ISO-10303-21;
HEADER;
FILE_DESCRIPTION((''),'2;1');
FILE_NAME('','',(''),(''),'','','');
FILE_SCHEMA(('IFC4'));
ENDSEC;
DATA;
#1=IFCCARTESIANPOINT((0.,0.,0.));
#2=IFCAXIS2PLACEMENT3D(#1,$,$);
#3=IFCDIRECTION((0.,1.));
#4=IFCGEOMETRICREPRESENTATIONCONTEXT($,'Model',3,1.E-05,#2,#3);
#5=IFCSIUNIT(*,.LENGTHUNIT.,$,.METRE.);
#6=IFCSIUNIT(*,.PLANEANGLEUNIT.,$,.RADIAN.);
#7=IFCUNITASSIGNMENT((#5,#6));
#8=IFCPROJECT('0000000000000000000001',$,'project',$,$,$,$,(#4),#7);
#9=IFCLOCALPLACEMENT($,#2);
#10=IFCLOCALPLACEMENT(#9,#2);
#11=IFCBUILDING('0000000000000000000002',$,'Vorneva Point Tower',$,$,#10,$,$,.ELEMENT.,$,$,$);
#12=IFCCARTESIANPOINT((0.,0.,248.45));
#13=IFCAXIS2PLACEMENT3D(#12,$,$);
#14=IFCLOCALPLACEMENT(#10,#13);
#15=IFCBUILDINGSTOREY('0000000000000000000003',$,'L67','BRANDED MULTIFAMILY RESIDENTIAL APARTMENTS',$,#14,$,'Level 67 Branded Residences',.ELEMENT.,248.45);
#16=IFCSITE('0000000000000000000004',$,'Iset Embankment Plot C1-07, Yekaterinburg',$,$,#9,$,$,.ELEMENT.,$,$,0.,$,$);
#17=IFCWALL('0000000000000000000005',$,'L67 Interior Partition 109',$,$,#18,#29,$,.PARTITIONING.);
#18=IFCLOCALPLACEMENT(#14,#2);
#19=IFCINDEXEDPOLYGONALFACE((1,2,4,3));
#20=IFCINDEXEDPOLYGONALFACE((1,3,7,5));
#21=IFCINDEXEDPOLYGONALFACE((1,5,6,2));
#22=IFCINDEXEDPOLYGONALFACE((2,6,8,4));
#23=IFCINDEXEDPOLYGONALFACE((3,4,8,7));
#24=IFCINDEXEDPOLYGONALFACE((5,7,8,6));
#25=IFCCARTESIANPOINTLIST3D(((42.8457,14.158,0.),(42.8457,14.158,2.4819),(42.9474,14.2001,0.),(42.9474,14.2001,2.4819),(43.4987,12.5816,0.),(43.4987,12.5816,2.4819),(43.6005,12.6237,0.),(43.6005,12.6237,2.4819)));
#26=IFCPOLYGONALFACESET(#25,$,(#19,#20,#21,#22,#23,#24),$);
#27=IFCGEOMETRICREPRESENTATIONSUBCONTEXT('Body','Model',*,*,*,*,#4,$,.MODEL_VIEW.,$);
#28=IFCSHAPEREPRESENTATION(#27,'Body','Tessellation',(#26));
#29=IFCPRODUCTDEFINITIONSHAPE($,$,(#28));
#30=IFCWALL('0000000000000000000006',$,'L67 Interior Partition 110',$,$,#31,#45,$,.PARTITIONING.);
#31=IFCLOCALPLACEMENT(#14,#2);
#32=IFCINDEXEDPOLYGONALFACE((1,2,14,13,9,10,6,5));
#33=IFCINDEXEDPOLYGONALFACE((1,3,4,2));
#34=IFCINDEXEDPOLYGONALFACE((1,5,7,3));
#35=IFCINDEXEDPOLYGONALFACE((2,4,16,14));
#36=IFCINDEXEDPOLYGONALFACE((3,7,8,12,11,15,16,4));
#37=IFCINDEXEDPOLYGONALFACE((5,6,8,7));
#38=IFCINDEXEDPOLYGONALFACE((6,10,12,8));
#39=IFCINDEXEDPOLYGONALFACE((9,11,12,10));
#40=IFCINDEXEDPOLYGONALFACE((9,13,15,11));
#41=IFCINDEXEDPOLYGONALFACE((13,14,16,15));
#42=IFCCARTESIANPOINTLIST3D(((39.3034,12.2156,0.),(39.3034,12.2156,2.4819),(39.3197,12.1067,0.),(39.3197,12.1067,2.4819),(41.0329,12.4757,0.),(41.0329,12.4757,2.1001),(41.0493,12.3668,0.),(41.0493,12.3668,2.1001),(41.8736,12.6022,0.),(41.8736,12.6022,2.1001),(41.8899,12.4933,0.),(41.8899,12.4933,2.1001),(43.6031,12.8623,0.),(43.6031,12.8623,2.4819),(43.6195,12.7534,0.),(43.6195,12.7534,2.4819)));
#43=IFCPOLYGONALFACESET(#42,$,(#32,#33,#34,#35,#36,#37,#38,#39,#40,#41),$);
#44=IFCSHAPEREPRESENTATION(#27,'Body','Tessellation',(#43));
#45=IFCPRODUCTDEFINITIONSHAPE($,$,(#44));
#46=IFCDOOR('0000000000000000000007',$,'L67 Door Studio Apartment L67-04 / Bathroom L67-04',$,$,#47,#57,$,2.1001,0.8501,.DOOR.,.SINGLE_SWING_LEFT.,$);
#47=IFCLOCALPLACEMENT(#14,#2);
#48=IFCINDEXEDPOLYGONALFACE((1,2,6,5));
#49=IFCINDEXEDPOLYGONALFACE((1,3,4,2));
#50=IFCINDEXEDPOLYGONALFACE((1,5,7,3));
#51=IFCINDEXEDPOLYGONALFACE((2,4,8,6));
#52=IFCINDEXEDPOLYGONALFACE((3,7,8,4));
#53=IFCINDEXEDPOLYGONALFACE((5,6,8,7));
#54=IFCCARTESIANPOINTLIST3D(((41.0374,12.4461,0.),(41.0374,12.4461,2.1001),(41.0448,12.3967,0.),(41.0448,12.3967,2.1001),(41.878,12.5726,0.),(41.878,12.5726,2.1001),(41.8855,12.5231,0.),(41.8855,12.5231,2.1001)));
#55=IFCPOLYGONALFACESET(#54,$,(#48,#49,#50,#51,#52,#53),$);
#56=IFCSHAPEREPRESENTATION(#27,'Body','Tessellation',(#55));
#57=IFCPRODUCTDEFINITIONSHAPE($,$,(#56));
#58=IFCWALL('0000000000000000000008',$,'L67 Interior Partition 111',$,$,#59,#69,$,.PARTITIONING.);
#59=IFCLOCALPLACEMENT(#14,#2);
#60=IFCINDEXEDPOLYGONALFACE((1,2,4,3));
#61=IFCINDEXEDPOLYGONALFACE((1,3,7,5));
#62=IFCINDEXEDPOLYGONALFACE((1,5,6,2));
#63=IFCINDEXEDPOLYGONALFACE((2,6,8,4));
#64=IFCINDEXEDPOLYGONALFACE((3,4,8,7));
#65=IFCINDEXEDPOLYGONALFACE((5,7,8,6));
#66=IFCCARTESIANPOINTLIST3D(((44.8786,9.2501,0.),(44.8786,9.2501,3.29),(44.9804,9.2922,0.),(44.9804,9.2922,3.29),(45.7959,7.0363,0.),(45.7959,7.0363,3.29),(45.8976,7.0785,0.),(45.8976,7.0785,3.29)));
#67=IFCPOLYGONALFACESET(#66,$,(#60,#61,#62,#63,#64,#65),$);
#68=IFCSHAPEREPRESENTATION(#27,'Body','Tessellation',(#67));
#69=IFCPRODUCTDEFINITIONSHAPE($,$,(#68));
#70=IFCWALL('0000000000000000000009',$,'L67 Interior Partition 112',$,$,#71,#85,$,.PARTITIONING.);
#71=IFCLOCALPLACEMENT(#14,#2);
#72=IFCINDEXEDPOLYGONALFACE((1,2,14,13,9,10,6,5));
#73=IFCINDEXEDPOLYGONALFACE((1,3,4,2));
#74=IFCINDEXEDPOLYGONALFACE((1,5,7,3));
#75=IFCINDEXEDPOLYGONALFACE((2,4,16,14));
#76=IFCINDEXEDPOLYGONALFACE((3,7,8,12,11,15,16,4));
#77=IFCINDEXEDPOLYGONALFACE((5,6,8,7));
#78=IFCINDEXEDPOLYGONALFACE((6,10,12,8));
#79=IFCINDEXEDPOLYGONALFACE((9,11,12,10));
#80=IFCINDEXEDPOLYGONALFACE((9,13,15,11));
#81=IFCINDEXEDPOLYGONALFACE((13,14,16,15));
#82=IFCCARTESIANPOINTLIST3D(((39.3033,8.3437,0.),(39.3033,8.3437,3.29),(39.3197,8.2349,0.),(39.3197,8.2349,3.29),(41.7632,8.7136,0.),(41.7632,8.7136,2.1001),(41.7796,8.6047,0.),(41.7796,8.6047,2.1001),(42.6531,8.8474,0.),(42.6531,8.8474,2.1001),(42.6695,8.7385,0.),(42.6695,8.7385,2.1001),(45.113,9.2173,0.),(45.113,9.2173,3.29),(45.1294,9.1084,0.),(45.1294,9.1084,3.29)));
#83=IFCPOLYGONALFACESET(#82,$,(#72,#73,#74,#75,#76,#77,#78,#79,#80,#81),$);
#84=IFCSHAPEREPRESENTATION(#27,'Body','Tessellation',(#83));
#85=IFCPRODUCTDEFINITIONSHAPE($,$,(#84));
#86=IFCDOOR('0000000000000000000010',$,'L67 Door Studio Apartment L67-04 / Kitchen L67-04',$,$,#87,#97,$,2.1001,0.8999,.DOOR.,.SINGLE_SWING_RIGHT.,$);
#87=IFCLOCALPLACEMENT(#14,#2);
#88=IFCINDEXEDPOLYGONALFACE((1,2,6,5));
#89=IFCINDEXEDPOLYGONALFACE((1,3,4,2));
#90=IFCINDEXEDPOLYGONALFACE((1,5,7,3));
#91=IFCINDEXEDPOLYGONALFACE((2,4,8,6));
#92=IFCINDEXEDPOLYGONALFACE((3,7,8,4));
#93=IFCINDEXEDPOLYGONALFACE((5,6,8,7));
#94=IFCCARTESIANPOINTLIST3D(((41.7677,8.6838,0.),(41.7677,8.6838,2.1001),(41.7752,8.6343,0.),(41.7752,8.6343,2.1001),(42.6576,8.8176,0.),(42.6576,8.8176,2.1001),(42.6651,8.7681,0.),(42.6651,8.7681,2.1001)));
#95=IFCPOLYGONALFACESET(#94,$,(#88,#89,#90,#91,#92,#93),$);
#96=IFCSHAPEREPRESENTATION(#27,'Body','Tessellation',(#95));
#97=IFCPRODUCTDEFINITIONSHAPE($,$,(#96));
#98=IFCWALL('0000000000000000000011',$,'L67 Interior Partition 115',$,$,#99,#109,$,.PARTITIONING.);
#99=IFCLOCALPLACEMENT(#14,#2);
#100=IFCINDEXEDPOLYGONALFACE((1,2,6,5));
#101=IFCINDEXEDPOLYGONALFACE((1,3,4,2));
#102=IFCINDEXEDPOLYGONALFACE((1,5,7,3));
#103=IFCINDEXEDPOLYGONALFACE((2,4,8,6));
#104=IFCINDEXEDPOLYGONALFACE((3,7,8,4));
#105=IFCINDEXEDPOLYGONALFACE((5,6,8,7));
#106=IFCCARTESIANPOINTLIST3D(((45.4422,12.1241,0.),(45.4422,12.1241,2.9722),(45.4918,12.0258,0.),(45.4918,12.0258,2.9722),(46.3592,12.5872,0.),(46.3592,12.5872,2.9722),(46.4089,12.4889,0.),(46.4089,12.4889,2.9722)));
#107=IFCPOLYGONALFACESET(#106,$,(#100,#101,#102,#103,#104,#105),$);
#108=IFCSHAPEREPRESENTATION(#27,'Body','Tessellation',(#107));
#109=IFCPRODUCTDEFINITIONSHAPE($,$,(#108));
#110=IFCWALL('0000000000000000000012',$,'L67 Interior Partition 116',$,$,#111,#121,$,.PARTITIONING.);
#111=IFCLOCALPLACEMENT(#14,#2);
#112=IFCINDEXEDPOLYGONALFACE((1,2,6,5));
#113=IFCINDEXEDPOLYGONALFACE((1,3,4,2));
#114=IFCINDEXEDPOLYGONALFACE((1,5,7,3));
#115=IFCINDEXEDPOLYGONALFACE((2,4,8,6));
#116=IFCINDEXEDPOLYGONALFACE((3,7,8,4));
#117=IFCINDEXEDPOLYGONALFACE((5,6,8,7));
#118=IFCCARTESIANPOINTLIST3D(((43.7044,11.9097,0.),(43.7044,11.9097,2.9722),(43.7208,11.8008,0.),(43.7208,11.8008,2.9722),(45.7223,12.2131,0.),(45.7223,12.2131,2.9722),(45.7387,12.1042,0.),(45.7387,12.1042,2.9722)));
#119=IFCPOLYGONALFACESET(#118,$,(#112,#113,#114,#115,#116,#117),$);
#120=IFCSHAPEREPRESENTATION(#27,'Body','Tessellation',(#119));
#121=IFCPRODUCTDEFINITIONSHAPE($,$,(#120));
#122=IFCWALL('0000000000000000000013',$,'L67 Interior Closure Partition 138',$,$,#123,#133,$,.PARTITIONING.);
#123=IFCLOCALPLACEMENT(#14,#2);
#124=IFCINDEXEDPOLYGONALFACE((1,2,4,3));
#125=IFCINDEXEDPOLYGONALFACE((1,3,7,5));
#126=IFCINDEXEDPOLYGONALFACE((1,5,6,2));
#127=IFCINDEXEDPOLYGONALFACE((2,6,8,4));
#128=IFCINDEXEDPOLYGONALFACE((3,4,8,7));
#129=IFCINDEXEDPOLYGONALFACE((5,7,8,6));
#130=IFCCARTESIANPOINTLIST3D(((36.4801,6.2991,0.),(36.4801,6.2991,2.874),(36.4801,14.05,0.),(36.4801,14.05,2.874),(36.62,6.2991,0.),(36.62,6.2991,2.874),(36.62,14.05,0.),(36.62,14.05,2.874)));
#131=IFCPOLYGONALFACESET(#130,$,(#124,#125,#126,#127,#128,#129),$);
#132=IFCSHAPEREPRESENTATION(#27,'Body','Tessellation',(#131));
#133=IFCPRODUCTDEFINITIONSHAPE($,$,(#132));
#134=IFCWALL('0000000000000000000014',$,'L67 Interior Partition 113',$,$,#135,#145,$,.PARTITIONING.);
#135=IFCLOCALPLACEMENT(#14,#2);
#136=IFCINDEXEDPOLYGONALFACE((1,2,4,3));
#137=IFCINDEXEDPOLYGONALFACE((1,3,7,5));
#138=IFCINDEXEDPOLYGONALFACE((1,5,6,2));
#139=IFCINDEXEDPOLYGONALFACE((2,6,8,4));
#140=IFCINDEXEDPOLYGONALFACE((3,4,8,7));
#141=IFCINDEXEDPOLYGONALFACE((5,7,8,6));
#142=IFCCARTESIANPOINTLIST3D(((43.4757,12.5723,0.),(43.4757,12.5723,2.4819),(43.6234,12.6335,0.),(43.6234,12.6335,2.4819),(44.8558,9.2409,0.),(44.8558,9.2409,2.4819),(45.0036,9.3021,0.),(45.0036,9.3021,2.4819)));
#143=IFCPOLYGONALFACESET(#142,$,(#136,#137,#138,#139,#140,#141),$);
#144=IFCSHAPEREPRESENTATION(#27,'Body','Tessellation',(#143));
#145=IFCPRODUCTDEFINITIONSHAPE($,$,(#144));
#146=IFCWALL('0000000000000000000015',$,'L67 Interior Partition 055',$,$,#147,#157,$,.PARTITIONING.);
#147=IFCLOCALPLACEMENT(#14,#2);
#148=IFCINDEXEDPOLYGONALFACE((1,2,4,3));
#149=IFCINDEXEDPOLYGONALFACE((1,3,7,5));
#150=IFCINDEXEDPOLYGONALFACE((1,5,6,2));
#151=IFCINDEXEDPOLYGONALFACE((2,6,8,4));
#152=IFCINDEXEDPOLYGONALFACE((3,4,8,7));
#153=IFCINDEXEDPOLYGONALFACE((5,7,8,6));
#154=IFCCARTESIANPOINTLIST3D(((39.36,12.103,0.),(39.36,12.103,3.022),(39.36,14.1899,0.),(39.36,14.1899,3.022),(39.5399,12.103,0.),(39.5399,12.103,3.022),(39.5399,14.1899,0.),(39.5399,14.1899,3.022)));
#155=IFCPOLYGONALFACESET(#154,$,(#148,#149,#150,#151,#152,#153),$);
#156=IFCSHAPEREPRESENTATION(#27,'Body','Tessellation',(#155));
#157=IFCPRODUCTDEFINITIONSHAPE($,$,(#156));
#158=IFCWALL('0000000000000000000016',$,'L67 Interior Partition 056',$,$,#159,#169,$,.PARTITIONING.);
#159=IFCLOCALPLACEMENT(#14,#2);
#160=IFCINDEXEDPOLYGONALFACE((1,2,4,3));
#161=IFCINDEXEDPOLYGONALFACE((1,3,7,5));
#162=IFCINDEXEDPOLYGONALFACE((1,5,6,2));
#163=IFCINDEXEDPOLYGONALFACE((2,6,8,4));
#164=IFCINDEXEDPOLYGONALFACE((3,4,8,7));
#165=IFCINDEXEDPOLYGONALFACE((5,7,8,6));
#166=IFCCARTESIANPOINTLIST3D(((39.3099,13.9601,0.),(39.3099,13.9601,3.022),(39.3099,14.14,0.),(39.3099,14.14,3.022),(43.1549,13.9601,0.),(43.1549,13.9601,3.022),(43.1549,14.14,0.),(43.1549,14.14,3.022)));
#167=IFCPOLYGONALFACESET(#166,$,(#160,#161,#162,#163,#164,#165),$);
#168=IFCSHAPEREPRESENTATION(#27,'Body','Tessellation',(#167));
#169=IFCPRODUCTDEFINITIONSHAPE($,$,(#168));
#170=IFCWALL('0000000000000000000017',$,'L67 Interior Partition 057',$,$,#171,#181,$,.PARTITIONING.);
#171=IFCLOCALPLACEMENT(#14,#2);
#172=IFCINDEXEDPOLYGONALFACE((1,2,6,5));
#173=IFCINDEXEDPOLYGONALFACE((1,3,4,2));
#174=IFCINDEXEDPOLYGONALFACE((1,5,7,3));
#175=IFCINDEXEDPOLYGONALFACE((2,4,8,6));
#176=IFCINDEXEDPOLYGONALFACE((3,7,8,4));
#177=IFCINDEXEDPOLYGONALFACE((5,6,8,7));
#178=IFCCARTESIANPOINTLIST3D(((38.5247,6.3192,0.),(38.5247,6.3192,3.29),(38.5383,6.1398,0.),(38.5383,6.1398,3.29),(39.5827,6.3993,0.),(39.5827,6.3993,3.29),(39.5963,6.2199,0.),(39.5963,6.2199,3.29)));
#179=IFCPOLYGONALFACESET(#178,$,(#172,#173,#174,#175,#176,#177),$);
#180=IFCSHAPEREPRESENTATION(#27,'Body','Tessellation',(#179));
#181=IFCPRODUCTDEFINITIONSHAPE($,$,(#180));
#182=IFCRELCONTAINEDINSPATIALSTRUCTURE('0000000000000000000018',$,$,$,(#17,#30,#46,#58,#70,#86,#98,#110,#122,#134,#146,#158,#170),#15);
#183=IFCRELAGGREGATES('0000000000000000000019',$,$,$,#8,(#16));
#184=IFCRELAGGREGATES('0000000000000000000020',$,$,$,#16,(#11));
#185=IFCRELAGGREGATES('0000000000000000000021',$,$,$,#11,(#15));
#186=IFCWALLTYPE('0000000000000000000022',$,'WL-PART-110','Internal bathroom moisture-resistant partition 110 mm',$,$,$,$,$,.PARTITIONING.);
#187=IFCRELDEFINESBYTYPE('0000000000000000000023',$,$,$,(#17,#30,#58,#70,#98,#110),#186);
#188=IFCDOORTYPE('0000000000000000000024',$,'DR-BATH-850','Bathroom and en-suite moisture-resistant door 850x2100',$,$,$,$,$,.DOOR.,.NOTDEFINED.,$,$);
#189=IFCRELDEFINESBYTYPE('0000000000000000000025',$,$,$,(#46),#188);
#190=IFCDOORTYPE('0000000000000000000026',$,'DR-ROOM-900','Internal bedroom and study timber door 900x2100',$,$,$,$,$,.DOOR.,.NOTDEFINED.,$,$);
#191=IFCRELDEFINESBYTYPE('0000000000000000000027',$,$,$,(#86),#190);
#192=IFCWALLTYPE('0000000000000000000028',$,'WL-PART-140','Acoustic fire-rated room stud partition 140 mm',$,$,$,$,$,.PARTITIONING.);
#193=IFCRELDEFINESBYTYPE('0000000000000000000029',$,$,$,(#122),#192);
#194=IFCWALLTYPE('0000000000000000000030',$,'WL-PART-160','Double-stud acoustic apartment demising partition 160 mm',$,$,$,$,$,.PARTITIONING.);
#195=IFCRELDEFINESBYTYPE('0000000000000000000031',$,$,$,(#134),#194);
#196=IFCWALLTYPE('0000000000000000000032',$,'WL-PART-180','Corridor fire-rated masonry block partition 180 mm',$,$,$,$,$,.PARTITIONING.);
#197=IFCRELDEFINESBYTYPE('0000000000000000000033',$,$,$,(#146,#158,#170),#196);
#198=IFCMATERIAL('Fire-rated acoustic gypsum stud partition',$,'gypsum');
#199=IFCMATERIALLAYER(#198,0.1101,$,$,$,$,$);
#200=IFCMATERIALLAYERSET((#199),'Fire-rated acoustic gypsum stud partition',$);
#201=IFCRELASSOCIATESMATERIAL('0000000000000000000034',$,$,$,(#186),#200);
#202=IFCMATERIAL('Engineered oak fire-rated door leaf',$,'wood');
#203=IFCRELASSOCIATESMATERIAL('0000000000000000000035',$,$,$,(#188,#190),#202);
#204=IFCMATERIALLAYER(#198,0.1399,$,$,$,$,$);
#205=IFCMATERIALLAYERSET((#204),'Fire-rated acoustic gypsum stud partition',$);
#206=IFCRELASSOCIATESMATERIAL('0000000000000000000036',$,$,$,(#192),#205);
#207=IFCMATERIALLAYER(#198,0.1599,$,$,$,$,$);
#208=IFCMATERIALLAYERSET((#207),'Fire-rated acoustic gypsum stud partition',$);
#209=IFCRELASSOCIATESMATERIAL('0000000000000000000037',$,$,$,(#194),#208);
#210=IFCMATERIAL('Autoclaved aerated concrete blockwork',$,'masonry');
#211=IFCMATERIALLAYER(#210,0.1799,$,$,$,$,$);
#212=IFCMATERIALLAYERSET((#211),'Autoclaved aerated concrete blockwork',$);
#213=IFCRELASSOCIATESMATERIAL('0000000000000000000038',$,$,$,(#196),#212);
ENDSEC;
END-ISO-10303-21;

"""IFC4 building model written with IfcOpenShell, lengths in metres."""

from ifc_helpers import new_model, si_unit, direction, frame, frame_2d, origin, place, context, subcontext, project, spatial, rectangle, extrude, material, layer, layer_set, type_object, element, fill, save


model = new_model("IFC4")

# Units and contexts
model_context = context("Model", 3, precision=1e-05, world=origin(), true_north=direction((0.0, 1.0)))
body_context = subcontext(model_context, "Body", "Model", "MODEL_VIEW")
ifc_project = project(units=[si_unit("LENGTHUNIT", "METRE"), si_unit("PLANEANGLEUNIT", "RADIAN")], contexts=[model_context])

# Site, building, storey
site_placement = place(None, origin())
site = spatial("IfcSite", under=ifc_project, at=site_placement, Name="Iset Embankment Plot C1-07, Yekaterinburg", CompositionType="ELEMENT", RefElevation=0.0)
building_placement = place(site_placement, origin())
building = spatial("IfcBuilding", under=site, at=building_placement, Name="Vorneva Point Tower", CompositionType="ELEMENT")
storey_placement = place(building_placement, frame((0.0, 0.0, 248.45)))
storey = spatial("IfcBuildingStorey", under=building, at=storey_placement, Name="L67", Description="BRANDED MULTIFAMILY RESIDENTIAL APARTMENTS", LongName="Level 67 Branded Residences", CompositionType="ELEMENT", Elevation=248.45)

# Wall
ifc_material_1 = material(Name="Fire-rated acoustic gypsum stud partition", Category="gypsum")
ifc_layer_1 = layer(ifc_material_1, 0.1101)
ifc_layer_set_1 = layer_set([ifc_layer_1], Name="Fire-rated acoustic gypsum stud partition")
wall_type_1 = type_object("IfcWallType", Name="WL-PART-110", Description="Internal bathroom moisture-resistant partition 110 mm", PredefinedType="PARTITIONING", material=ifc_layer_set_1)
wall_1_placement = place(storey_placement, frame((43.5496, 12.6028, 0.0), z_axis=(0.0, 0.0, 1.0), x_axis=(-0.382735, 0.923858, 0.0)))
element("IfcWall", 1, at=wall_1_placement, inside=storey, type_object=wall_type_1, Name="L67 Interior Partition 109", PredefinedType="PARTITIONING", context=body_context, shape_type="SweptSolid", body=[
    extrude(rectangle(XDim=1.7063, YDim=0.1101, at=frame_2d((0.853, 0.0))), origin(), (0.0, 0.0, 1.0), 2.4819),
])

# Wall, opening, door
wall_2_placement = place(storey_placement, frame((43.6113, 12.8079, 0.0), z_axis=(0.0, 0.0, 1.0), x_axis=(-0.988877, -0.148736, 0.0)))
wall_2 = element("IfcWall", 2, at=wall_2_placement, inside=storey, type_object=wall_type_1, Name="L67 Interior Partition 110", PredefinedType="PARTITIONING", context=body_context, shape_type="SweptSolid", body=[
    extrude(rectangle(XDim=4.3481, YDim=0.1101, at=frame_2d((2.1741, 0.0))), origin(), (0.0, 0.0, 1.0), 2.4819),
])
opening_1_placement = place(wall_2_placement, frame((1.749, 0.0, 0.0)))
opening_1 = element("IfcOpeningElement", 3, at=opening_1_placement, cuts=wall_2, PredefinedType="OPENING", context=body_context, shape_type="SweptSolid", body=[
    extrude(rectangle(XDim=0.8501, YDim=2.1001, at=frame_2d((0.425, 1.05))), frame((0.0, 0.0698, 0.0), z_axis=(0.0, -1.0, 0.0), x_axis=(1.0, 0.0, 0.0)), (0.0, 0.0, 1.0), 0.1399),
])
ifc_material_2 = material(Name="Engineered oak fire-rated door leaf", Category="wood")
door_type_1 = type_object("IfcDoorType", Name="DR-BATH-850", Description="Bathroom and en-suite moisture-resistant door 850x2100", OperationType="NOTDEFINED", PredefinedType="DOOR", material=ifc_material_2)
door_1_placement = place(opening_1_placement, origin())
door_1 = element("IfcDoor", 4, at=door_1_placement, inside=storey, type_object=door_type_1, Name="L67 Door Studio Apartment L67-04 / Bathroom L67-04", OperationType="SINGLE_SWING_LEFT", OverallHeight=2.1001, OverallWidth=0.8501, PredefinedType="DOOR", context=body_context, shape_type="SweptSolid", body=[
    extrude(rectangle(XDim=0.8501, YDim=2.1001, at=frame_2d((0.425, 1.05))), frame((0.0, 0.0249, 0.0), z_axis=(0.0, -1.0, 0.0), x_axis=(1.0, 0.0, 0.0)), (0.0, 0.0, 1.0), 0.05),
])
fill(opening_1, door_1)

# Wall
wall_3_placement = place(storey_placement, frame((44.9294, 9.2712, 0.0), z_axis=(0.0, 0.0, 1.0), x_axis=(0.382799, -0.923832, 0.0)))
element("IfcWall", 5, at=wall_3_placement, inside=storey, type_object=wall_type_1, Name="L67 Interior Partition 111", PredefinedType="PARTITIONING", context=body_context, shape_type="SweptSolid", body=[
    extrude(rectangle(XDim=2.3962, YDim=0.1101, at=frame_2d((1.1982, 0.0))), origin(), (0.0, 0.0, 1.0), 3.29),
])

# Wall, opening, door
wall_4_placement = place(storey_placement, frame((39.3115, 8.2893, 0.0), z_axis=(0.0, 0.0, 1.0), x_axis=(0.988885, 0.148684, 0.0)))
wall_4 = element("IfcWall", 6, at=wall_4_placement, inside=storey, type_object=wall_type_1, Name="L67 Interior Partition 112", PredefinedType="PARTITIONING", context=body_context, shape_type="SweptSolid", body=[
    extrude(rectangle(XDim=5.875, YDim=0.1101, at=frame_2d((2.9375, 0.0))), origin(), (0.0, 0.0, 1.0), 3.29),
])
opening_2_placement = place(wall_4_placement, frame((2.4875, 0.0, 0.0)))
opening_2 = element("IfcOpeningElement", 7, at=opening_2_placement, cuts=wall_4, PredefinedType="OPENING", context=body_context, shape_type="SweptSolid", body=[
    extrude(rectangle(XDim=0.8999, YDim=2.1001, at=frame_2d((0.45, 1.05))), frame((0.0, 0.0698, 0.0), z_axis=(0.0, -1.0, 0.0), x_axis=(1.0, 0.0, 0.0)), (0.0, 0.0, 1.0), 0.1399),
])
door_type_2 = type_object("IfcDoorType", Name="DR-ROOM-900", Description="Internal bedroom and study timber door 900x2100", OperationType="NOTDEFINED", PredefinedType="DOOR", material=ifc_material_2)
door_2_placement = place(opening_2_placement, origin())
door_2 = element("IfcDoor", 8, at=door_2_placement, inside=storey, type_object=door_type_2, Name="L67 Door Studio Apartment L67-04 / Kitchen L67-04", OperationType="SINGLE_SWING_RIGHT", OverallHeight=2.1001, OverallWidth=0.8999, PredefinedType="DOOR", context=body_context, shape_type="SweptSolid", body=[
    extrude(rectangle(XDim=0.8999, YDim=2.1001, at=frame_2d((0.45, 1.05))), frame((0.0, 0.0249, 0.0), z_axis=(0.0, -1.0, 0.0), x_axis=(1.0, 0.0, 0.0)), (0.0, 0.0, 1.0), 0.05),
])
fill(opening_2, door_2)

# Walls
wall_5_placement = place(storey_placement, frame((46.384, 12.5381, 0.0), z_axis=(0.0, 0.0, 1.0), x_axis=(-0.892614, -0.450822, 0.0)))
element("IfcWall", 9, at=wall_5_placement, inside=storey, type_object=wall_type_1, Name="L67 Interior Partition 115", PredefinedType="PARTITIONING", context=body_context, shape_type="SweptSolid", body=[
    extrude(rectangle(XDim=1.0273, YDim=0.1101, at=frame_2d((0.5137, 0.0))), origin(), (0.0, 0.0, 1.0), 2.9722),
])
wall_6_placement = place(storey_placement, frame((45.7305, 12.1587, 0.0), z_axis=(0.0, 0.0, 1.0), x_axis=(-0.988879, -0.148721, 0.0)))
element("IfcWall", 10, at=wall_6_placement, inside=storey, type_object=wall_type_1, Name="L67 Interior Partition 116", PredefinedType="PARTITIONING", context=body_context, shape_type="SweptSolid", body=[
    extrude(rectangle(XDim=2.0405, YDim=0.1101, at=frame_2d((1.0203, 0.0))), origin(), (0.0, 0.0, 1.0), 2.9722),
])
ifc_layer_2 = layer(ifc_material_1, 0.1399)
ifc_layer_set_2 = layer_set([ifc_layer_2], Name="Fire-rated acoustic gypsum stud partition")
wall_type_2 = type_object("IfcWallType", Name="WL-PART-140", Description="Acoustic fire-rated room stud partition 140 mm", PredefinedType="PARTITIONING", material=ifc_layer_set_2)
wall_7_placement = place(storey_placement, frame((36.55, 14.05, 0.0), z_axis=(0.0, 0.0, 1.0), x_axis=(0.0, -1.0, 0.0)))
element("IfcWall", 11, at=wall_7_placement, inside=storey, type_object=wall_type_2, Name="L67 Interior Closure Partition 138", PredefinedType="PARTITIONING", context=body_context, shape_type="SweptSolid", body=[
    extrude(rectangle(XDim=7.751, YDim=0.1399, at=frame_2d((3.8755, 0.0))), origin(), (0.0, 0.0, 1.0), 2.874),
])
ifc_layer_3 = layer(ifc_material_1, 0.1599)
ifc_layer_set_3 = layer_set([ifc_layer_3], Name="Fire-rated acoustic gypsum stud partition")
wall_type_3 = type_object("IfcWallType", Name="WL-PART-160", Description="Double-stud acoustic apartment demising partition 160 mm", PredefinedType="PARTITIONING", material=ifc_layer_set_3)
wall_8_placement = place(storey_placement, frame((44.9297, 9.2715, 0.0), z_axis=(0.0, 0.0, 1.0), x_axis=(-0.382744, 0.923854, 0.0)))
element("IfcWall", 12, at=wall_8_placement, inside=storey, type_object=wall_type_3, Name="L67 Interior Partition 113", PredefinedType="PARTITIONING", context=body_context, shape_type="SweptSolid", body=[
    extrude(rectangle(XDim=3.606, YDim=0.1599, at=frame_2d((1.803, 0.0))), origin(), (0.0, 0.0, 1.0), 2.4819),
])

# Shared definitions
ifc_material_3 = material(Name="Autoclaved aerated concrete blockwork", Category="masonry")
ifc_layer_4 = layer(ifc_material_3, 0.1799)
ifc_layer_set_4 = layer_set([ifc_layer_4], Name="Autoclaved aerated concrete blockwork")
wall_type_4 = type_object("IfcWallType", Name="WL-PART-180", Description="Corridor fire-rated masonry block partition 180 mm", PredefinedType="PARTITIONING", material=ifc_layer_set_4)

# Walls
wall_9_placement = place(storey_placement, frame((39.45, 12.103, 0.0), z_axis=(0.0, 0.0, 1.0), x_axis=(0.0, 1.0, 0.0)))
element("IfcWall", 13, at=wall_9_placement, inside=storey, type_object=wall_type_4, Name="L67 Interior Partition 055", PredefinedType="PARTITIONING", context=body_context, shape_type="SweptSolid", body=[
    extrude(rectangle(XDim=2.0869, YDim=0.1799, at=frame_2d((1.0435, 0.0))), origin(), (0.0, 0.0, 1.0), 3.022),
])
wall_10_placement = place(storey_placement, frame((39.3101, 14.05, 0.0), z_axis=(0.0, 0.0, 1.0), x_axis=(1.0, 0.0, 0.0)))
element("IfcWall", 14, at=wall_10_placement, inside=storey, type_object=wall_type_4, Name="L67 Interior Partition 056", PredefinedType="PARTITIONING", context=body_context, shape_type="SweptSolid", body=[
    extrude(rectangle(XDim=3.845, YDim=0.1799, at=frame_2d((1.9224, 0.0))), origin(), (0.0, 0.0, 1.0), 3.022),
])
wall_11_placement = place(storey_placement, frame((38.5315, 6.2295, 0.0), z_axis=(0.0, 0.0, 1.0), x_axis=(0.997148, 0.075465, 0.0)))
element("IfcWall", 15, at=wall_11_placement, inside=storey, type_object=wall_type_4, Name="L67 Interior Partition 057", PredefinedType="PARTITIONING", context=body_context, shape_type="SweptSolid", body=[
    extrude(rectangle(XDim=1.061, YDim=0.1799, at=frame_2d((0.5305, 0.0))), origin(), (0.0, 0.0, 1.0), 3.29),
])

save(model, "model.ifc")
